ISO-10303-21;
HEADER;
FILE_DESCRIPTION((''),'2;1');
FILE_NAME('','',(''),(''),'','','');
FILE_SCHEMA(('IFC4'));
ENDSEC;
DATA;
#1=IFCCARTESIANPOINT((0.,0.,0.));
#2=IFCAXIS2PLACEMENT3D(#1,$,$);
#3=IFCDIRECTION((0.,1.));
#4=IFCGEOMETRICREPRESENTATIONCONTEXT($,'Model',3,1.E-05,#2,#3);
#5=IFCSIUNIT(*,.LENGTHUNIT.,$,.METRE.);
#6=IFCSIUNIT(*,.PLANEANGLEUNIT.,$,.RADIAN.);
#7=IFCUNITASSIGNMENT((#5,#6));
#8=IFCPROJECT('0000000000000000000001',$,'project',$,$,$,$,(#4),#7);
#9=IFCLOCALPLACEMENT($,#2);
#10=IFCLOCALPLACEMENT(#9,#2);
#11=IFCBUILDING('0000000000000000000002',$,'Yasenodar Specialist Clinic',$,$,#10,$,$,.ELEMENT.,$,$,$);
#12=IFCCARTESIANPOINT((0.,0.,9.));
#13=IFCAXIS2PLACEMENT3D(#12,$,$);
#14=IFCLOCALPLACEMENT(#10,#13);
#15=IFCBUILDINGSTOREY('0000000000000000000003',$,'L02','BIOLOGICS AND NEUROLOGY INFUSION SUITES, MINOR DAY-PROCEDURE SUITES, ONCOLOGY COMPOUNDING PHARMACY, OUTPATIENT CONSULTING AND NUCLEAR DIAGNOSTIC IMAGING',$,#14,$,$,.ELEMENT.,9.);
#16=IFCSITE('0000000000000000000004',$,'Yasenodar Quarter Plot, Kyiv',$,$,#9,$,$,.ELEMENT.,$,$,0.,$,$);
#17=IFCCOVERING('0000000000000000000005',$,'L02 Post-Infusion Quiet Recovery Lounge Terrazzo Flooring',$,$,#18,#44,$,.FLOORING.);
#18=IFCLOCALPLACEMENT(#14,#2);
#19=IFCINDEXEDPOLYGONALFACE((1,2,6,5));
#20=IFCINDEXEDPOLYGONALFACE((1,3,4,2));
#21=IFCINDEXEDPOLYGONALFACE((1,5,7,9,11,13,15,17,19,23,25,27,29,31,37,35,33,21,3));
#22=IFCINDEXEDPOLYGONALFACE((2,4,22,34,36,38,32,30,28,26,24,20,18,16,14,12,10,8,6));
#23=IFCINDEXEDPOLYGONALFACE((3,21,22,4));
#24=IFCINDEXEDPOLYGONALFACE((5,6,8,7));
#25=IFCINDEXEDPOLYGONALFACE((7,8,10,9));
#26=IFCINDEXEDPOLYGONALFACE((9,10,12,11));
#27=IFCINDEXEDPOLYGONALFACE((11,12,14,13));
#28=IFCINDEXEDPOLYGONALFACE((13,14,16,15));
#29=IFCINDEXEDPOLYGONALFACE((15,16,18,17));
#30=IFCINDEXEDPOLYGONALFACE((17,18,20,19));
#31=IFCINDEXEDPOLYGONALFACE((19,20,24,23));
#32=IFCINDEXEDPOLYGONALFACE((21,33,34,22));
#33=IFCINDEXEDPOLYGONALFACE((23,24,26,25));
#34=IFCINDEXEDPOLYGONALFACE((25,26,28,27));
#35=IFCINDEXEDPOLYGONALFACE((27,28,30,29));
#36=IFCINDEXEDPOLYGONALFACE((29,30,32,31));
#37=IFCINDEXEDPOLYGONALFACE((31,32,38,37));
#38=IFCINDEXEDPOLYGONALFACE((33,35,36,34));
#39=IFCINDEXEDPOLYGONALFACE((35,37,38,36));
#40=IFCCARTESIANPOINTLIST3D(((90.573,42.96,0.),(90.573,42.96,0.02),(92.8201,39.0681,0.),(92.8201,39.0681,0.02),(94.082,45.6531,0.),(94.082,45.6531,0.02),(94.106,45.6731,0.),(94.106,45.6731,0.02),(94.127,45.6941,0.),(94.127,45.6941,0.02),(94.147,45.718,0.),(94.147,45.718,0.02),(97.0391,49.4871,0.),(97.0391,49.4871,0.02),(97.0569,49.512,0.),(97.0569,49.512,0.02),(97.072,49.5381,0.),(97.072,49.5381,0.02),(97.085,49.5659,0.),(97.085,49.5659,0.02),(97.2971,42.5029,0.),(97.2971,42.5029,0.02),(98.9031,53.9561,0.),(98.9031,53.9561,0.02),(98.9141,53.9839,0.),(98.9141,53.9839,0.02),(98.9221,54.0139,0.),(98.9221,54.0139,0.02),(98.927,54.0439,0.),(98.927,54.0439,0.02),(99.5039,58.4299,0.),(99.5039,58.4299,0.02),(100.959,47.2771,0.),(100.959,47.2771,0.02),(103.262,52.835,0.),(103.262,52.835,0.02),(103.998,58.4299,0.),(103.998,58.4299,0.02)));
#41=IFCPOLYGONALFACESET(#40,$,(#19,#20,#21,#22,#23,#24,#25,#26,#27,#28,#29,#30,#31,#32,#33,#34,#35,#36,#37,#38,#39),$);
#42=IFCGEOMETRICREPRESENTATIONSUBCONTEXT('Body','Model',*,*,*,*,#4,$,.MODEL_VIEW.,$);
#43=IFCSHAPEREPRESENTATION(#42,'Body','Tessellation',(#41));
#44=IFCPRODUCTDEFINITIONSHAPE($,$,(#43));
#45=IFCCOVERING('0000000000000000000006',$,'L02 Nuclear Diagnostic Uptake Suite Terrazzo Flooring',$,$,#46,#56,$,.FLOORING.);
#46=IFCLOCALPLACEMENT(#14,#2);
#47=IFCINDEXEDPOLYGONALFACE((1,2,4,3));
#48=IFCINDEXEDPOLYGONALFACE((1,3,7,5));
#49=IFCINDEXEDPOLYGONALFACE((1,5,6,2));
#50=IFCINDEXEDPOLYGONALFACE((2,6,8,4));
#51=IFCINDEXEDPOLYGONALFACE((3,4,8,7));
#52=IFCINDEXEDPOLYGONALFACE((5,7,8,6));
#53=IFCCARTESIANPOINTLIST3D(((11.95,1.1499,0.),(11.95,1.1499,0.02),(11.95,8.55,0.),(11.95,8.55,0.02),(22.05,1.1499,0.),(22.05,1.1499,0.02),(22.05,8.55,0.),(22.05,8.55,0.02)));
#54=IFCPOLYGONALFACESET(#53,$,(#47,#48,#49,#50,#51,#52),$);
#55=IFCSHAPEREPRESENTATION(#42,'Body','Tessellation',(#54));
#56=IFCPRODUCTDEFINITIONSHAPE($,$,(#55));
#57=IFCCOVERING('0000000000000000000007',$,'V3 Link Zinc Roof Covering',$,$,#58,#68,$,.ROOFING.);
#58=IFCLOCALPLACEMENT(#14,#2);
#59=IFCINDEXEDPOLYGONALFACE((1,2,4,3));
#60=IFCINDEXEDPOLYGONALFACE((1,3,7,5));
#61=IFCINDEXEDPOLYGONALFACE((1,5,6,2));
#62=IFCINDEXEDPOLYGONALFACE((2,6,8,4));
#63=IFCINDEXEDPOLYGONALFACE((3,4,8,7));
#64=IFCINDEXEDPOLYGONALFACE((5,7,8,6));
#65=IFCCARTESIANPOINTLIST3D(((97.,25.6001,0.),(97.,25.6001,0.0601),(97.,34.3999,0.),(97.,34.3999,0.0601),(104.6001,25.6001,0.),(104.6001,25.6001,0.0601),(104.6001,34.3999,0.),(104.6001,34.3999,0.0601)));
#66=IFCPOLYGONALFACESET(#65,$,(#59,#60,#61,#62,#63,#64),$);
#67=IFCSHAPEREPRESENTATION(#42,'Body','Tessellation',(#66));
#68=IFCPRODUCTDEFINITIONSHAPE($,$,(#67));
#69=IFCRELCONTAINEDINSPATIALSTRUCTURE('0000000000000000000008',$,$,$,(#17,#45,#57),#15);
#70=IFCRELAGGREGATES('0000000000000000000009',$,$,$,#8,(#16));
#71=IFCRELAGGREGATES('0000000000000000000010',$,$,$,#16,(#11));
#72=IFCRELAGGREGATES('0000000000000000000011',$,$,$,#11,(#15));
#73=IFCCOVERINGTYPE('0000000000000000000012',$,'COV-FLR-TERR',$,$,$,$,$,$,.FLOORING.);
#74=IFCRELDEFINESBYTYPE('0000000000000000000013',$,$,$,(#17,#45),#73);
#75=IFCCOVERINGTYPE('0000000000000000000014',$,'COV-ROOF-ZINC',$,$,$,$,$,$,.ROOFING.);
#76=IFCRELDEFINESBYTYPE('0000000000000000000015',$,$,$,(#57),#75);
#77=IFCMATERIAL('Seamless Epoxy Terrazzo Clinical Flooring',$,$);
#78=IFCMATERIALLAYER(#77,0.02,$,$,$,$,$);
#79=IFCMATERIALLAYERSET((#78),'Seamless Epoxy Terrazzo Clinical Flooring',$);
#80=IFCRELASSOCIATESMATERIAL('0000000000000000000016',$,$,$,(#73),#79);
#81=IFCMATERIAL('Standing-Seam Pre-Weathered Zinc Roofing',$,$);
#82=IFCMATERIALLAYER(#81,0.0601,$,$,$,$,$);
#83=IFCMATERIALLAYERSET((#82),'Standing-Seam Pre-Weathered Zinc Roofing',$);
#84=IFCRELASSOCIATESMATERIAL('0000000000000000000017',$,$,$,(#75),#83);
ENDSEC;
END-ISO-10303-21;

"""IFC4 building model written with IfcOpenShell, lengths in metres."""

from ifc_helpers import new_model, si_unit, direction, frame, origin, place, context, subcontext, project, spatial, polyline, outline, extrude, material, layer, layer_set, type_object, element, save


model = new_model("IFC4")

# Units and contexts
model_context = context("Model", 3, precision=1e-05, world=origin(), true_north=direction((0.0, 1.0)))
body_context = subcontext(model_context, "Body", "Model", "MODEL_VIEW")
ifc_project = project(units=[si_unit("LENGTHUNIT", "METRE"), si_unit("PLANEANGLEUNIT", "RADIAN")], contexts=[model_context])

# Site, building, storey
site_placement = place(None, origin())
site = spatial("IfcSite", under=ifc_project, at=site_placement, Name="Yasenodar Quarter Plot, Kyiv", CompositionType="ELEMENT", RefElevation=0.0)
building_placement = place(site_placement, origin())
building = spatial("IfcBuilding", under=site, at=building_placement, Name="Yasenodar Specialist Clinic", CompositionType="ELEMENT")
storey_placement = place(building_placement, frame((0.0, 0.0, 9.0)))
storey = spatial("IfcBuildingStorey", under=building, at=storey_placement, Name="L02", Description="BIOLOGICS AND NEUROLOGY INFUSION SUITES, MINOR DAY-PROCEDURE SUITES, ONCOLOGY COMPOUNDING PHARMACY, OUTPATIENT CONSULTING AND NUCLEAR DIAGNOSTIC IMAGING", CompositionType="ELEMENT", Elevation=9.0)

# Coverings
ifc_material_1 = material(Name="Seamless Epoxy Terrazzo Clinical Flooring")
ifc_layer_1 = layer(ifc_material_1, 0.02)
ifc_layer_set_1 = layer_set([ifc_layer_1], Name="Seamless Epoxy Terrazzo Clinical Flooring")
covering_type_1 = type_object("IfcCoveringType", Name="COV-FLR-TERR", PredefinedType="FLOORING", material=ifc_layer_set_1)
covering_1_placement = place(storey_placement, origin())
element("IfcCovering", 1, at=covering_1_placement, inside=storey, type_object=covering_type_1, Name="L02 Post-Infusion Quiet Recovery Lounge Terrazzo Flooring", PredefinedType="FLOORING", context=body_context, shape_type="SweptSolid", body=[
    extrude(outline(polyline([(97.2971, 42.5029), (92.8201, 39.0681), (90.573, 42.96), (94.082, 45.6531), (94.106, 45.6731), (94.127, 45.6941), (94.147, 45.718), (97.0391, 49.4871), (97.0569, 49.512), (97.072, 49.5381), (97.085, 49.5659), (98.9031, 53.9561), (98.9141, 53.9839), (98.9221, 54.0139), (98.927, 54.0439), (99.5039, 58.4299), (103.998, 58.4299), (103.262, 52.835), (100.959, 47.2771), (97.2971, 42.5029)])), origin(), (0.0, 0.0, 1.0), 0.02),
])
covering_2_placement = place(storey_placement, origin())
element("IfcCovering", 2, at=covering_2_placement, inside=storey, type_object=covering_type_1, Name="L02 Nuclear Diagnostic Uptake Suite Terrazzo Flooring", PredefinedType="FLOORING", context=body_context, shape_type="SweptSolid", body=[
    extrude(outline(polyline([(22.05, 1.1499), (11.95, 1.1499), (11.95, 8.55), (22.05, 8.55), (22.05, 1.1499)])), origin(), (0.0, 0.0, 1.0), 0.02),
])
ifc_material_2 = material(Name="Standing-Seam Pre-Weathered Zinc Roofing")
ifc_layer_2 = layer(ifc_material_2, 0.0601)
ifc_layer_set_2 = layer_set([ifc_layer_2], Name="Standing-Seam Pre-Weathered Zinc Roofing")
covering_type_2 = type_object("IfcCoveringType", Name="COV-ROOF-ZINC", PredefinedType="ROOFING", material=ifc_layer_set_2)
covering_3_placement = place(storey_placement, origin())
element("IfcCovering", 3, at=covering_3_placement, inside=storey, type_object=covering_type_2, Name="V3 Link Zinc Roof Covering", PredefinedType="ROOFING", context=body_context, shape_type="SweptSolid", body=[
    extrude(outline(polyline([(97.0, 25.6001), (104.6001, 25.6001), (104.6001, 34.3999), (97.0, 34.3999), (97.0, 25.6001)])), origin(), (0.0, 0.0, 1.0), 0.0601),
])

save(model, "model.ifc")
